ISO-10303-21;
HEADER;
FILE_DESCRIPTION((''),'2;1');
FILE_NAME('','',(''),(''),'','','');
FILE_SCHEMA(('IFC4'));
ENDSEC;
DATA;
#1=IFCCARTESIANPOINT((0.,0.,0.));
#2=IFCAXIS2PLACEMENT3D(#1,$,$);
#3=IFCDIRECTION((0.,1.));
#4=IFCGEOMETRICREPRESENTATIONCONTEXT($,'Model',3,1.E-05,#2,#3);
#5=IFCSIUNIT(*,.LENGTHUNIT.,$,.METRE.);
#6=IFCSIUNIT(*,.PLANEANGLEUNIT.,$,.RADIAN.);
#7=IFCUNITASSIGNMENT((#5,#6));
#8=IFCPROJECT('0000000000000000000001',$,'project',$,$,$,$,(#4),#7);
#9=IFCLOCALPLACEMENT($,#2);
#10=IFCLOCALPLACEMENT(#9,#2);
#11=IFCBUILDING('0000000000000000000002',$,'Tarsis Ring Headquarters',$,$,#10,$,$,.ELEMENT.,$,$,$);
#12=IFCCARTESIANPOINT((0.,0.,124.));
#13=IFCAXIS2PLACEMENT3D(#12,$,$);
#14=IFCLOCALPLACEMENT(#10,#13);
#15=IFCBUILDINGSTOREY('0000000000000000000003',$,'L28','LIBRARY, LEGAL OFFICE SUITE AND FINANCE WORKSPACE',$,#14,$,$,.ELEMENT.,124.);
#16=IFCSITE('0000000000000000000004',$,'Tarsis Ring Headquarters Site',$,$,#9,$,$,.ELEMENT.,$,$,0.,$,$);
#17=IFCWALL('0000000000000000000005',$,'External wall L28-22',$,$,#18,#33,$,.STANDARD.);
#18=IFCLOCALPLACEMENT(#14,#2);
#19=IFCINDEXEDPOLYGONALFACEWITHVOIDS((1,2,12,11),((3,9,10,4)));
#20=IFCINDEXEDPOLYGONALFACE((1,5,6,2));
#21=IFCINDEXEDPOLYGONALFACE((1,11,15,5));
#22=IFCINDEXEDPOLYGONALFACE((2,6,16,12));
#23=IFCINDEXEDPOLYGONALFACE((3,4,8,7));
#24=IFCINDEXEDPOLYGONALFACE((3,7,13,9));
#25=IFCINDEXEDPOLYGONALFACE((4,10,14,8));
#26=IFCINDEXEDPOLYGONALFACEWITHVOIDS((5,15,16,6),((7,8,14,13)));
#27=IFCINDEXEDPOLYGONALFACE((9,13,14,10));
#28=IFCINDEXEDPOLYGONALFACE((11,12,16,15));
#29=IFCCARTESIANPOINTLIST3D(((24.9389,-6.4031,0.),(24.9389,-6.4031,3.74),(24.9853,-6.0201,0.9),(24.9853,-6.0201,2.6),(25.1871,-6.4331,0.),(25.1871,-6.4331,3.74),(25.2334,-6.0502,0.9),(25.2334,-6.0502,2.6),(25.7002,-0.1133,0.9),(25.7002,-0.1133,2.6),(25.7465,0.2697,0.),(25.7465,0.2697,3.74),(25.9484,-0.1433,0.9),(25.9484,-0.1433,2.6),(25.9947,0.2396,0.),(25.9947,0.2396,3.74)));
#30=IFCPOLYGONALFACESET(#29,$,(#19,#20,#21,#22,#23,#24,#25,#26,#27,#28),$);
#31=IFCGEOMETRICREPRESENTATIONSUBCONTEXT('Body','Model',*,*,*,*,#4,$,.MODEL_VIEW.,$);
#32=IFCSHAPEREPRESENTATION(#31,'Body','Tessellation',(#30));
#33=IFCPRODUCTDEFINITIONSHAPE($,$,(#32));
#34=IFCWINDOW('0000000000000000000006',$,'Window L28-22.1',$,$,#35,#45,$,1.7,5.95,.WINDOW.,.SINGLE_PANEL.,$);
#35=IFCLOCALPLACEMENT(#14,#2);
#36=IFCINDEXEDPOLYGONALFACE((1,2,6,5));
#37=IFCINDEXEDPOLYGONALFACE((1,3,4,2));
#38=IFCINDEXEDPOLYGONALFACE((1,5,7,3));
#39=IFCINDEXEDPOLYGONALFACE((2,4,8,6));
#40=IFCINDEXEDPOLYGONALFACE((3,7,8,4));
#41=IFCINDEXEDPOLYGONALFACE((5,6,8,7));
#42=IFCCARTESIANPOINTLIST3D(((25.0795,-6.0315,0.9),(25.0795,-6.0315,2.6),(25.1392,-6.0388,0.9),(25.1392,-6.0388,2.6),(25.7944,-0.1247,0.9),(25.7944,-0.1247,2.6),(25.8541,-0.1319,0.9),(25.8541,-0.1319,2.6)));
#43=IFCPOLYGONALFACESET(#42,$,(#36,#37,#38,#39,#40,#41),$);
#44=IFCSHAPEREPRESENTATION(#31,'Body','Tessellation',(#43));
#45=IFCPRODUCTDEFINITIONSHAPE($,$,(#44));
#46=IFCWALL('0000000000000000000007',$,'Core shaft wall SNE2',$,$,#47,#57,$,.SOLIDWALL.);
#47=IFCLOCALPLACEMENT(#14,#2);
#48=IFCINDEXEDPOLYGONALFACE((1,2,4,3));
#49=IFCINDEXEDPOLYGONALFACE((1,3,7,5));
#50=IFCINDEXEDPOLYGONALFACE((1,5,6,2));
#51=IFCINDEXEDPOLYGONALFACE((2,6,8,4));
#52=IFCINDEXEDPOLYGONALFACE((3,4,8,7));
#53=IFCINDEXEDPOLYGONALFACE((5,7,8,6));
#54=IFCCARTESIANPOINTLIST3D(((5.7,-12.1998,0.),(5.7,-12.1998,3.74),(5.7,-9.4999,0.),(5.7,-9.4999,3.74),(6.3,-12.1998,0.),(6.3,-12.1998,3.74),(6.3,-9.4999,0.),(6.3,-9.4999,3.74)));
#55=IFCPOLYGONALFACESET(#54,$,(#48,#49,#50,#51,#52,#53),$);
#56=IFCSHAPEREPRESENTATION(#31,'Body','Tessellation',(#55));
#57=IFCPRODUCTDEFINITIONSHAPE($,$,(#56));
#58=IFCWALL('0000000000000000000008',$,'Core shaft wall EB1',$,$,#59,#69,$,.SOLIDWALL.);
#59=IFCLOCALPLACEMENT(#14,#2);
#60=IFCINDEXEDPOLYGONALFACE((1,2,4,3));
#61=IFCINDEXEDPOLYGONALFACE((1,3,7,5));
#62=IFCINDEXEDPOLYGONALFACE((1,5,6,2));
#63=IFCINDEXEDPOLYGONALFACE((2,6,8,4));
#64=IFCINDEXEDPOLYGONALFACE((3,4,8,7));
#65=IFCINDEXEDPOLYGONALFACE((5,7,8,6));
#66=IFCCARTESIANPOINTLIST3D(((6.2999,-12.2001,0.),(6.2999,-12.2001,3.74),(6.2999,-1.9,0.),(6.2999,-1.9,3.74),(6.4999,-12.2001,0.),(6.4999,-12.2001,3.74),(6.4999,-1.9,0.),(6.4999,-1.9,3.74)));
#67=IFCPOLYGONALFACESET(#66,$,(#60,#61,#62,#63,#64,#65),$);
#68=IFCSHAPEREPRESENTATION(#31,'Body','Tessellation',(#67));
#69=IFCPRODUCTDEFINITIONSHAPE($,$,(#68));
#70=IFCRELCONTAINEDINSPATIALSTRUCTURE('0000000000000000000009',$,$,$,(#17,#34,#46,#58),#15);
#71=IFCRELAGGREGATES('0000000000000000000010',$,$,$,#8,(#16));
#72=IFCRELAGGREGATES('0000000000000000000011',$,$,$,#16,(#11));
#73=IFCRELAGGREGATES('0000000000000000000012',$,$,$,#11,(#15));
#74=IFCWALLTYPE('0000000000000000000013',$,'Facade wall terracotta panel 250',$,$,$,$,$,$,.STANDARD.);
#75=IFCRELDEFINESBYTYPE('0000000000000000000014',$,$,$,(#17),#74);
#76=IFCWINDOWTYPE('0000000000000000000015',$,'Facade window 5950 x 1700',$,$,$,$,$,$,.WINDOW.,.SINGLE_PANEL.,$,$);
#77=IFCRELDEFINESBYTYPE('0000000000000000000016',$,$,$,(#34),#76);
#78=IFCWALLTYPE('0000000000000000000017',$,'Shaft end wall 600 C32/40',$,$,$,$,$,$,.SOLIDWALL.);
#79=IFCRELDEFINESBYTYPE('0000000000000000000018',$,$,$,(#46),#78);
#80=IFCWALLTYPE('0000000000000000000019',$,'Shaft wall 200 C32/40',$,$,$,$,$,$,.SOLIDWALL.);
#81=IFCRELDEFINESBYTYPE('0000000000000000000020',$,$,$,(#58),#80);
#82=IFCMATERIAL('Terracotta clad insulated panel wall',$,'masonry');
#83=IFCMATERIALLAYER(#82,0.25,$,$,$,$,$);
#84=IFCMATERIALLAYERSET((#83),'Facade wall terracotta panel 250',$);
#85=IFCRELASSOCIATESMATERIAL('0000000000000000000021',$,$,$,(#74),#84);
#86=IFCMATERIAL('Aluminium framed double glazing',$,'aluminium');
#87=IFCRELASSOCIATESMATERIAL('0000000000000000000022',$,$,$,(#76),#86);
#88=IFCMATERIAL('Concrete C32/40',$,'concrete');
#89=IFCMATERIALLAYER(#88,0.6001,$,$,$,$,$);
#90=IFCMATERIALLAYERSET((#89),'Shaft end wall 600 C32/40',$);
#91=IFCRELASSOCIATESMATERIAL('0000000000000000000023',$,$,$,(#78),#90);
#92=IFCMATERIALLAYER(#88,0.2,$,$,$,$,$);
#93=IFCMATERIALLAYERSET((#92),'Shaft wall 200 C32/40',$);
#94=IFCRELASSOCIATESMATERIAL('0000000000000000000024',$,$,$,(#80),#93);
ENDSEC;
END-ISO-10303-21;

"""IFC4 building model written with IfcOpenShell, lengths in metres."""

from ifc_helpers import new_model, si_unit, direction, frame, frame_2d, origin, place, context, subcontext, project, spatial, rectangle, extrude, material, layer, layer_set, type_object, element, fill, save


model = new_model("IFC4")

# Units and contexts
model_context = context("Model", 3, precision=1e-05, world=origin(), true_north=direction((0.0, 1.0)))
body_context = subcontext(model_context, "Body", "Model", "MODEL_VIEW")
ifc_project = project(units=[si_unit("LENGTHUNIT", "METRE"), si_unit("PLANEANGLEUNIT", "RADIAN")], contexts=[model_context])

# Site, building, storey
site_placement = place(None, origin())
site = spatial("IfcSite", under=ifc_project, at=site_placement, Name="Tarsis Ring Headquarters Site", CompositionType="ELEMENT", RefElevation=0.0)
building_placement = place(site_placement, origin())
building = spatial("IfcBuilding", under=site, at=building_placement, Name="Tarsis Ring Headquarters", CompositionType="ELEMENT")
storey_placement = place(building_placement, frame((0.0, 0.0, 124.0)))
storey = spatial("IfcBuildingStorey", under=building, at=storey_placement, Name="L28", Description="LIBRARY, LEGAL OFFICE SUITE AND FINANCE WORKSPACE", CompositionType="ELEMENT", Elevation=124.0)

# Wall, opening, window
ifc_material_1 = material(Name="Terracotta clad insulated panel wall", Category="masonry")
ifc_layer_1 = layer(ifc_material_1, 0.25)
ifc_layer_set_1 = layer_set([ifc_layer_1], Name="Facade wall terracotta panel 250")
wall_type_1 = type_object("IfcWallType", Name="Facade wall terracotta panel 250", PredefinedType="STANDARD", material=ifc_layer_set_1)
ifc_material_2 = material(Name="Aluminium framed double glazing", Category="aluminium")
window_type = type_object("IfcWindowType", Name="Facade window 5950 x 1700", PartitioningType="SINGLE_PANEL", PredefinedType="WINDOW", material=ifc_material_2)
wall_1_placement = place(storey_placement, frame((25.063, -6.4182, 0.0), z_axis=(0.0, 0.0, 1.0), x_axis=(0.120153, 0.992755, 0.0)))
wall_1 = element("IfcWall", 1, at=wall_1_placement, inside=storey, type_object=wall_type_1, Name="External wall L28-22", PredefinedType="STANDARD", context=body_context, shape_type="SweptSolid", body=[
    extrude(rectangle(XDim=6.7214, YDim=0.25, at=frame_2d((3.3608, 0.0))), origin(), (0.0, 0.0, 1.0), 3.74),
])
opening_1_placement = place(wall_1_placement, frame((0.3857, 0.0, 0.8999)))
opening_1 = element("IfcOpeningElement", 2, at=opening_1_placement, cuts=wall_1, PredefinedType="OPENING", context=body_context, shape_type="SweptSolid", body=[
    extrude(rectangle(XDim=5.95, YDim=1.7, at=frame_2d((2.9751, 0.8501))), frame((0.0, 0.135, 0.0), z_axis=(0.0, -1.0, 0.0), x_axis=(1.0, 0.0, 0.0)), (0.0, 0.0, 1.0), 0.27),
])
window_1_placement = place(opening_1_placement, origin())
window_1 = element("IfcWindow", 3, at=window_1_placement, inside=storey, type_object=window_type, Name="Window L28-22.1", OverallHeight=1.7, OverallWidth=5.95, PartitioningType="SINGLE_PANEL", PredefinedType="WINDOW", context=body_context, shape_type="SweptSolid", body=[
    extrude(rectangle(XDim=5.95, YDim=1.7, at=frame_2d((2.9751, 0.8501))), frame((0.0, 0.03, 0.0), z_axis=(0.0, -1.0, 0.0), x_axis=(1.0, 0.0, 0.0)), (0.0, 0.0, 1.0), 0.0601),
])
fill(opening_1, window_1)

# Walls
ifc_material_3 = material(Name="Concrete C32/40", Category="concrete")
ifc_layer_2 = layer(ifc_material_3, 0.6001)
ifc_layer_set_2 = layer_set([ifc_layer_2], Name="Shaft end wall 600 C32/40")
wall_type_2 = type_object("IfcWallType", Name="Shaft end wall 600 C32/40", PredefinedType="SOLIDWALL", material=ifc_layer_set_2)
wall_2_placement = place(storey_placement, frame((6.0, -12.2, 0.0), z_axis=(0.0, 0.0, 1.0), x_axis=(0.0, 1.0, 0.0)))
element("IfcWall", 4, at=wall_2_placement, inside=storey, type_object=wall_type_2, Name="Core shaft wall SNE2", PredefinedType="SOLIDWALL", context=body_context, shape_type="SweptSolid", body=[
    extrude(rectangle(XDim=2.7, YDim=0.6001, at=frame_2d((1.3501, 0.0))), origin(), (0.0, 0.0, 1.0), 3.74),
])
ifc_layer_3 = layer(ifc_material_3, 0.2)
ifc_layer_set_3 = layer_set([ifc_layer_3], Name="Shaft wall 200 C32/40")
wall_type_3 = type_object("IfcWallType", Name="Shaft wall 200 C32/40", PredefinedType="SOLIDWALL", material=ifc_layer_set_3)
wall_3_placement = place(storey_placement, frame((6.3999, -12.2, 0.0), z_axis=(0.0, 0.0, 1.0), x_axis=(0.0, 1.0, 0.0)))
element("IfcWall", 5, at=wall_3_placement, inside=storey, type_object=wall_type_3, Name="Core shaft wall EB1", PredefinedType="SOLIDWALL", context=body_context, shape_type="SweptSolid", body=[
    extrude(rectangle(XDim=10.3, YDim=0.2, at=frame_2d((5.1499, 0.0))), origin(), (0.0, 0.0, 1.0), 3.74),
])

save(model, "model.ifc")
